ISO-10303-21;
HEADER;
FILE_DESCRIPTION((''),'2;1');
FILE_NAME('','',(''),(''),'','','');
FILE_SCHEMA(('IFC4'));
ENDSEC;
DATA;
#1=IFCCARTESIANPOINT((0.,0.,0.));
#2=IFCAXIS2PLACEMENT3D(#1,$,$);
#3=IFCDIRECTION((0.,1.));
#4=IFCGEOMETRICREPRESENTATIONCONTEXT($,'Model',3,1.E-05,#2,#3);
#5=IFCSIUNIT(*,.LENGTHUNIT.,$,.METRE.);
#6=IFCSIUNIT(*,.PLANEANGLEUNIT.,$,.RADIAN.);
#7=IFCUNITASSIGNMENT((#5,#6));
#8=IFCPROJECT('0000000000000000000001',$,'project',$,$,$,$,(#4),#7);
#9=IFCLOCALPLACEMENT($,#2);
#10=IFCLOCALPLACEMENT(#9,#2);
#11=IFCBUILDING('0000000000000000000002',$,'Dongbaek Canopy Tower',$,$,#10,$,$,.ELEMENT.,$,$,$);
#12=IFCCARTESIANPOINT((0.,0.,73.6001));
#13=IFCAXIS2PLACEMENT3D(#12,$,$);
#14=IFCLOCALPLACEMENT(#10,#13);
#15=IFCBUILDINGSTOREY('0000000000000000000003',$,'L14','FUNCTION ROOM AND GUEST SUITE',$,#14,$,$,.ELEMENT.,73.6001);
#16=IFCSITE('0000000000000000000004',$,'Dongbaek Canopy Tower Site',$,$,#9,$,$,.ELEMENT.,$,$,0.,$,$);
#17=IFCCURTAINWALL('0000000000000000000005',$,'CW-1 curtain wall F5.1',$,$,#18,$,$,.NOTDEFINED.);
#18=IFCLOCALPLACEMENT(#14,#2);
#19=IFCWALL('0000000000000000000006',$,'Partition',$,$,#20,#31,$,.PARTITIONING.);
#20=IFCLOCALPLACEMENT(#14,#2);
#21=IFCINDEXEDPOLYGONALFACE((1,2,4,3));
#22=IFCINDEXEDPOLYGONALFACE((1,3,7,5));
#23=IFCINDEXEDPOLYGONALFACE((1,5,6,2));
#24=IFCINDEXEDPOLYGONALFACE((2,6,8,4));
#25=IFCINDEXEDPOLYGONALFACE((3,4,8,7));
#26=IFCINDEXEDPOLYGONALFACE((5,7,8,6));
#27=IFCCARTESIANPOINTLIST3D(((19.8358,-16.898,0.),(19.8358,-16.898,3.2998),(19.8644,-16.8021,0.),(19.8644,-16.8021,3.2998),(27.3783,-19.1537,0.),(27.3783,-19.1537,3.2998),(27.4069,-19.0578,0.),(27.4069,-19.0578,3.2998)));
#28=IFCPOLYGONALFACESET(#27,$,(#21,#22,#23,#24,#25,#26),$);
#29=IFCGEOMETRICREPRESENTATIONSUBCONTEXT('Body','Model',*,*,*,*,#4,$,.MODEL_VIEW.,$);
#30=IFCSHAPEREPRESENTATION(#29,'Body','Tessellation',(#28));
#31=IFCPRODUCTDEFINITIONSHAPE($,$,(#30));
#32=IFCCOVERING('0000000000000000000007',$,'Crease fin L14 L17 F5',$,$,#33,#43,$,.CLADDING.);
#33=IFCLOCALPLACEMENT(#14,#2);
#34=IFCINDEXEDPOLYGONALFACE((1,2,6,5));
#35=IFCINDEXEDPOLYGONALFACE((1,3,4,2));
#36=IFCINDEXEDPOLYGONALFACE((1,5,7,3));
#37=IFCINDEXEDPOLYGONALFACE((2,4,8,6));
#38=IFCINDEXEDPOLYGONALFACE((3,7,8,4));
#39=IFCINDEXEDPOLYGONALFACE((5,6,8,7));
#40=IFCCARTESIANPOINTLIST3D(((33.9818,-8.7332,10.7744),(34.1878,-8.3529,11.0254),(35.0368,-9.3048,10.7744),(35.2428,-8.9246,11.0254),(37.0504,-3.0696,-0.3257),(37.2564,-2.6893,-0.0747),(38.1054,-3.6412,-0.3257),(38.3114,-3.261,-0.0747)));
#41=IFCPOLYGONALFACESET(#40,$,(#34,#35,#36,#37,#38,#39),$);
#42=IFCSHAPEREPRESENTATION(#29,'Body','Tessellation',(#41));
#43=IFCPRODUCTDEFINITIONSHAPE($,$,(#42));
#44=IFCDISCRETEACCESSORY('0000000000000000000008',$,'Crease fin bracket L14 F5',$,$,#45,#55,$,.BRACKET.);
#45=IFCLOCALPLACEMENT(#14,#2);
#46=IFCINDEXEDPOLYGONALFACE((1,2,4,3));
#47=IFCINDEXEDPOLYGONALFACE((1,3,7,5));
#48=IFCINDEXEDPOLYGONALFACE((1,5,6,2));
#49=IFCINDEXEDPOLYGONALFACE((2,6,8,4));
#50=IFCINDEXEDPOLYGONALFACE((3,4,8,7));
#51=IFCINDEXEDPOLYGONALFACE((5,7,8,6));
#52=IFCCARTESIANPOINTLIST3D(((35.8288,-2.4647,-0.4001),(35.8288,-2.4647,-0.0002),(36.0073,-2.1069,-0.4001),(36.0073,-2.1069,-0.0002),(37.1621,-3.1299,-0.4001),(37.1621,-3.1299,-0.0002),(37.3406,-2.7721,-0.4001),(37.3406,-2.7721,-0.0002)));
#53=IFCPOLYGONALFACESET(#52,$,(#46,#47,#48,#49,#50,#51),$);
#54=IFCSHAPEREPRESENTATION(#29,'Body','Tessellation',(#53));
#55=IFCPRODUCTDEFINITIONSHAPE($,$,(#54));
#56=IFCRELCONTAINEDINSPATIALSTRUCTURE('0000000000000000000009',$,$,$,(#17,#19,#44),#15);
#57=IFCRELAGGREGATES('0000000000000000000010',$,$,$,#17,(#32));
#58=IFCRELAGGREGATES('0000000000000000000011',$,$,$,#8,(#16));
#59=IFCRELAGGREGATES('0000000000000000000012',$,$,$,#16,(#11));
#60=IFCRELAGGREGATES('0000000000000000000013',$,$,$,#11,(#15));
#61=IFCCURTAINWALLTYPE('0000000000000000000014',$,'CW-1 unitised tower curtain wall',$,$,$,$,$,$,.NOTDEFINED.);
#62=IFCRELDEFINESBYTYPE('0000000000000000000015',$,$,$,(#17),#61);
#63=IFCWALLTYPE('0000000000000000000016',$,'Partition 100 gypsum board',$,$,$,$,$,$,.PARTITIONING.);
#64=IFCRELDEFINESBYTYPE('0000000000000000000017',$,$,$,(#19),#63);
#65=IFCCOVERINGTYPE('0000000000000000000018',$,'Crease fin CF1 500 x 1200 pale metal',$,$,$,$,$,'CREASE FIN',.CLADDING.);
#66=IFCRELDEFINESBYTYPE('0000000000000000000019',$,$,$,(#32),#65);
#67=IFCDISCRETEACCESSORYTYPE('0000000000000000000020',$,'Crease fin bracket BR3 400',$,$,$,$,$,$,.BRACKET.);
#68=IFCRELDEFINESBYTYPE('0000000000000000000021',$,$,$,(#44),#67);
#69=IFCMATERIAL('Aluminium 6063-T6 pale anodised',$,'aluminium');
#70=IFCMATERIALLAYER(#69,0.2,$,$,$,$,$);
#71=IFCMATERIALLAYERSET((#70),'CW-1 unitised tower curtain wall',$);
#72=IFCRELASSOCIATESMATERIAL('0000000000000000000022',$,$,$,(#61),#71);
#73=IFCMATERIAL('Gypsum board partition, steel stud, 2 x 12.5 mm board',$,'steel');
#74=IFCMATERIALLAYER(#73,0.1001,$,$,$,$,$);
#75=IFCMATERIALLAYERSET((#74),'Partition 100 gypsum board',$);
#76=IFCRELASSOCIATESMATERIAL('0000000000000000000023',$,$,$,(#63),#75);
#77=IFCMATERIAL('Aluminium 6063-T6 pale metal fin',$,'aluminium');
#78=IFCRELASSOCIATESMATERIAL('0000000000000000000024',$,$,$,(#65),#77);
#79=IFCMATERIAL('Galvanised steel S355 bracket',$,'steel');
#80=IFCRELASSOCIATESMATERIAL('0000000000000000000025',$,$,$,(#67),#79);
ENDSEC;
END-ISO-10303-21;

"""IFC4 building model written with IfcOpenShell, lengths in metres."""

from ifc_helpers import new_model, si_unit, direction, frame, frame_2d, origin, origin_2d, place, context, subcontext, project, spatial, rectangle, extrude, material, layer, layer_set, material_profile, profile_set, type_object, element, aggregate, save


model = new_model("IFC4")

# Units and contexts
model_context = context("Model", 3, precision=1e-05, world=origin(), true_north=direction((0.0, 1.0)))
body_context = subcontext(model_context, "Body", "Model", "MODEL_VIEW")
ifc_project = project(units=[si_unit("LENGTHUNIT", "METRE"), si_unit("PLANEANGLEUNIT", "RADIAN")], contexts=[model_context])

# Site, building, storey
site_placement = place(None, origin())
site = spatial("IfcSite", under=ifc_project, at=site_placement, Name="Dongbaek Canopy Tower Site", CompositionType="ELEMENT", RefElevation=0.0)
building_placement = place(site_placement, origin())
building = spatial("IfcBuilding", under=site, at=building_placement, Name="Dongbaek Canopy Tower", CompositionType="ELEMENT")
storey_placement = place(building_placement, frame((0.0, 0.0, 73.6001)))
storey = spatial("IfcBuildingStorey", under=building, at=storey_placement, Name="L14", Description="FUNCTION ROOM AND GUEST SUITE", CompositionType="ELEMENT", Elevation=73.6001)

# Curtain wall
ifc_material_1 = material(Name="Aluminium 6063-T6 pale anodised", Category="aluminium")
ifc_layer_1 = layer(ifc_material_1, 0.2)
ifc_layer_set_1 = layer_set([ifc_layer_1], Name="CW-1 unitised tower curtain wall")
curtain_wall_type = type_object("IfcCurtainWallType", Name="CW-1 unitised tower curtain wall", PredefinedType="NOTDEFINED", material=ifc_layer_set_1)
curtain_wall_placement = place(storey_placement, origin())
curtain_wall = element("IfcCurtainWall", 1, at=curtain_wall_placement, inside=storey, type_object=curtain_wall_type, Name="CW-1 curtain wall F5.1", PredefinedType="NOTDEFINED")

# Shared definitions
ifc_material_2 = material(Name="Gypsum board partition, steel stud, 2 x 12.5 mm board", Category="steel")
ifc_layer_2 = layer(ifc_material_2, 0.1001)
ifc_layer_set_2 = layer_set([ifc_layer_2], Name="Partition 100 gypsum board")
wall_type_1 = type_object("IfcWallType", Name="Partition 100 gypsum board", PredefinedType="PARTITIONING", material=ifc_layer_set_2)

# Wall
wall_1_placement = place(storey_placement, frame((19.8501, -16.8501, 0.0), z_axis=(0.0, 0.0, 1.0), x_axis=(0.958075, -0.286517, 0.0)))
element("IfcWall", 2, at=wall_1_placement, inside=storey, type_object=wall_type_1, Name="Partition", PredefinedType="PARTITIONING", context=body_context, shape_type="SweptSolid", body=[
    extrude(rectangle(XDim=7.8726, YDim=0.1001, at=frame_2d((3.9363, 0.0))), origin(), (0.0, 0.0, 1.0), 3.2998),
])

# Covering
ifc_material_3 = material(Name="Aluminium 6063-T6 pale metal fin", Category="aluminium")
ifc_material_profile_1 = material_profile(ifc_material_3, rectangle(XDim=1.2, YDim=0.5, at=origin_2d()), Name="Crease fin CF1 500 x 1200 pale metal")
ifc_profile_set_1 = profile_set([ifc_material_profile_1], Name="Aluminium 6063-T6 pale metal fin")
covering_type = type_object("IfcCoveringType", Name="Crease fin CF1 500 x 1200 pale metal", ElementType="CREASE FIN", PredefinedType="CLADDING", material=ifc_profile_set_1)
covering_placement = place(storey_placement, frame((37.6809, -3.1653, -0.2002), z_axis=(-0.239105, -0.441304, 0.864916), x_axis=(0.879238, -0.476383, 0.0)))
covering = element("IfcCovering", 3, at=covering_placement, type_object=covering_type, Name="Crease fin L14 L17 F5", PredefinedType="CLADDING", context=body_context, shape_type="SweptSolid", body=[
    extrude(rectangle(XDim=1.2, YDim=0.5, at=origin_2d()), origin(), (0.0, 0.0, 1.0), 12.8337),
])
aggregate(curtain_wall, [covering])

# Discrete accessory
ifc_material_4 = material(Name="Galvanised steel S355 bracket", Category="steel")
discrete_accessory_type = type_object("IfcDiscreteAccessoryType", Name="Crease fin bracket BR3 400", PredefinedType="BRACKET", material=ifc_material_4)
discrete_accessory_placement = place(storey_placement, frame((36.5847, -2.6184, -0.4001), z_axis=(0.0, 0.0, 1.0), x_axis=(0.894823, -0.446421, 0.0)))
element("IfcDiscreteAccessory", 4, at=discrete_accessory_placement, inside=storey, type_object=discrete_accessory_type, Name="Crease fin bracket L14 F5", PredefinedType="BRACKET", context=body_context, shape_type="SweptSolid", body=[
    extrude(rectangle(XDim=1.49, YDim=0.3999, at=origin_2d()), origin(), (0.0, 0.0, 1.0), 0.3999),
])

save(model, "model.ifc")
